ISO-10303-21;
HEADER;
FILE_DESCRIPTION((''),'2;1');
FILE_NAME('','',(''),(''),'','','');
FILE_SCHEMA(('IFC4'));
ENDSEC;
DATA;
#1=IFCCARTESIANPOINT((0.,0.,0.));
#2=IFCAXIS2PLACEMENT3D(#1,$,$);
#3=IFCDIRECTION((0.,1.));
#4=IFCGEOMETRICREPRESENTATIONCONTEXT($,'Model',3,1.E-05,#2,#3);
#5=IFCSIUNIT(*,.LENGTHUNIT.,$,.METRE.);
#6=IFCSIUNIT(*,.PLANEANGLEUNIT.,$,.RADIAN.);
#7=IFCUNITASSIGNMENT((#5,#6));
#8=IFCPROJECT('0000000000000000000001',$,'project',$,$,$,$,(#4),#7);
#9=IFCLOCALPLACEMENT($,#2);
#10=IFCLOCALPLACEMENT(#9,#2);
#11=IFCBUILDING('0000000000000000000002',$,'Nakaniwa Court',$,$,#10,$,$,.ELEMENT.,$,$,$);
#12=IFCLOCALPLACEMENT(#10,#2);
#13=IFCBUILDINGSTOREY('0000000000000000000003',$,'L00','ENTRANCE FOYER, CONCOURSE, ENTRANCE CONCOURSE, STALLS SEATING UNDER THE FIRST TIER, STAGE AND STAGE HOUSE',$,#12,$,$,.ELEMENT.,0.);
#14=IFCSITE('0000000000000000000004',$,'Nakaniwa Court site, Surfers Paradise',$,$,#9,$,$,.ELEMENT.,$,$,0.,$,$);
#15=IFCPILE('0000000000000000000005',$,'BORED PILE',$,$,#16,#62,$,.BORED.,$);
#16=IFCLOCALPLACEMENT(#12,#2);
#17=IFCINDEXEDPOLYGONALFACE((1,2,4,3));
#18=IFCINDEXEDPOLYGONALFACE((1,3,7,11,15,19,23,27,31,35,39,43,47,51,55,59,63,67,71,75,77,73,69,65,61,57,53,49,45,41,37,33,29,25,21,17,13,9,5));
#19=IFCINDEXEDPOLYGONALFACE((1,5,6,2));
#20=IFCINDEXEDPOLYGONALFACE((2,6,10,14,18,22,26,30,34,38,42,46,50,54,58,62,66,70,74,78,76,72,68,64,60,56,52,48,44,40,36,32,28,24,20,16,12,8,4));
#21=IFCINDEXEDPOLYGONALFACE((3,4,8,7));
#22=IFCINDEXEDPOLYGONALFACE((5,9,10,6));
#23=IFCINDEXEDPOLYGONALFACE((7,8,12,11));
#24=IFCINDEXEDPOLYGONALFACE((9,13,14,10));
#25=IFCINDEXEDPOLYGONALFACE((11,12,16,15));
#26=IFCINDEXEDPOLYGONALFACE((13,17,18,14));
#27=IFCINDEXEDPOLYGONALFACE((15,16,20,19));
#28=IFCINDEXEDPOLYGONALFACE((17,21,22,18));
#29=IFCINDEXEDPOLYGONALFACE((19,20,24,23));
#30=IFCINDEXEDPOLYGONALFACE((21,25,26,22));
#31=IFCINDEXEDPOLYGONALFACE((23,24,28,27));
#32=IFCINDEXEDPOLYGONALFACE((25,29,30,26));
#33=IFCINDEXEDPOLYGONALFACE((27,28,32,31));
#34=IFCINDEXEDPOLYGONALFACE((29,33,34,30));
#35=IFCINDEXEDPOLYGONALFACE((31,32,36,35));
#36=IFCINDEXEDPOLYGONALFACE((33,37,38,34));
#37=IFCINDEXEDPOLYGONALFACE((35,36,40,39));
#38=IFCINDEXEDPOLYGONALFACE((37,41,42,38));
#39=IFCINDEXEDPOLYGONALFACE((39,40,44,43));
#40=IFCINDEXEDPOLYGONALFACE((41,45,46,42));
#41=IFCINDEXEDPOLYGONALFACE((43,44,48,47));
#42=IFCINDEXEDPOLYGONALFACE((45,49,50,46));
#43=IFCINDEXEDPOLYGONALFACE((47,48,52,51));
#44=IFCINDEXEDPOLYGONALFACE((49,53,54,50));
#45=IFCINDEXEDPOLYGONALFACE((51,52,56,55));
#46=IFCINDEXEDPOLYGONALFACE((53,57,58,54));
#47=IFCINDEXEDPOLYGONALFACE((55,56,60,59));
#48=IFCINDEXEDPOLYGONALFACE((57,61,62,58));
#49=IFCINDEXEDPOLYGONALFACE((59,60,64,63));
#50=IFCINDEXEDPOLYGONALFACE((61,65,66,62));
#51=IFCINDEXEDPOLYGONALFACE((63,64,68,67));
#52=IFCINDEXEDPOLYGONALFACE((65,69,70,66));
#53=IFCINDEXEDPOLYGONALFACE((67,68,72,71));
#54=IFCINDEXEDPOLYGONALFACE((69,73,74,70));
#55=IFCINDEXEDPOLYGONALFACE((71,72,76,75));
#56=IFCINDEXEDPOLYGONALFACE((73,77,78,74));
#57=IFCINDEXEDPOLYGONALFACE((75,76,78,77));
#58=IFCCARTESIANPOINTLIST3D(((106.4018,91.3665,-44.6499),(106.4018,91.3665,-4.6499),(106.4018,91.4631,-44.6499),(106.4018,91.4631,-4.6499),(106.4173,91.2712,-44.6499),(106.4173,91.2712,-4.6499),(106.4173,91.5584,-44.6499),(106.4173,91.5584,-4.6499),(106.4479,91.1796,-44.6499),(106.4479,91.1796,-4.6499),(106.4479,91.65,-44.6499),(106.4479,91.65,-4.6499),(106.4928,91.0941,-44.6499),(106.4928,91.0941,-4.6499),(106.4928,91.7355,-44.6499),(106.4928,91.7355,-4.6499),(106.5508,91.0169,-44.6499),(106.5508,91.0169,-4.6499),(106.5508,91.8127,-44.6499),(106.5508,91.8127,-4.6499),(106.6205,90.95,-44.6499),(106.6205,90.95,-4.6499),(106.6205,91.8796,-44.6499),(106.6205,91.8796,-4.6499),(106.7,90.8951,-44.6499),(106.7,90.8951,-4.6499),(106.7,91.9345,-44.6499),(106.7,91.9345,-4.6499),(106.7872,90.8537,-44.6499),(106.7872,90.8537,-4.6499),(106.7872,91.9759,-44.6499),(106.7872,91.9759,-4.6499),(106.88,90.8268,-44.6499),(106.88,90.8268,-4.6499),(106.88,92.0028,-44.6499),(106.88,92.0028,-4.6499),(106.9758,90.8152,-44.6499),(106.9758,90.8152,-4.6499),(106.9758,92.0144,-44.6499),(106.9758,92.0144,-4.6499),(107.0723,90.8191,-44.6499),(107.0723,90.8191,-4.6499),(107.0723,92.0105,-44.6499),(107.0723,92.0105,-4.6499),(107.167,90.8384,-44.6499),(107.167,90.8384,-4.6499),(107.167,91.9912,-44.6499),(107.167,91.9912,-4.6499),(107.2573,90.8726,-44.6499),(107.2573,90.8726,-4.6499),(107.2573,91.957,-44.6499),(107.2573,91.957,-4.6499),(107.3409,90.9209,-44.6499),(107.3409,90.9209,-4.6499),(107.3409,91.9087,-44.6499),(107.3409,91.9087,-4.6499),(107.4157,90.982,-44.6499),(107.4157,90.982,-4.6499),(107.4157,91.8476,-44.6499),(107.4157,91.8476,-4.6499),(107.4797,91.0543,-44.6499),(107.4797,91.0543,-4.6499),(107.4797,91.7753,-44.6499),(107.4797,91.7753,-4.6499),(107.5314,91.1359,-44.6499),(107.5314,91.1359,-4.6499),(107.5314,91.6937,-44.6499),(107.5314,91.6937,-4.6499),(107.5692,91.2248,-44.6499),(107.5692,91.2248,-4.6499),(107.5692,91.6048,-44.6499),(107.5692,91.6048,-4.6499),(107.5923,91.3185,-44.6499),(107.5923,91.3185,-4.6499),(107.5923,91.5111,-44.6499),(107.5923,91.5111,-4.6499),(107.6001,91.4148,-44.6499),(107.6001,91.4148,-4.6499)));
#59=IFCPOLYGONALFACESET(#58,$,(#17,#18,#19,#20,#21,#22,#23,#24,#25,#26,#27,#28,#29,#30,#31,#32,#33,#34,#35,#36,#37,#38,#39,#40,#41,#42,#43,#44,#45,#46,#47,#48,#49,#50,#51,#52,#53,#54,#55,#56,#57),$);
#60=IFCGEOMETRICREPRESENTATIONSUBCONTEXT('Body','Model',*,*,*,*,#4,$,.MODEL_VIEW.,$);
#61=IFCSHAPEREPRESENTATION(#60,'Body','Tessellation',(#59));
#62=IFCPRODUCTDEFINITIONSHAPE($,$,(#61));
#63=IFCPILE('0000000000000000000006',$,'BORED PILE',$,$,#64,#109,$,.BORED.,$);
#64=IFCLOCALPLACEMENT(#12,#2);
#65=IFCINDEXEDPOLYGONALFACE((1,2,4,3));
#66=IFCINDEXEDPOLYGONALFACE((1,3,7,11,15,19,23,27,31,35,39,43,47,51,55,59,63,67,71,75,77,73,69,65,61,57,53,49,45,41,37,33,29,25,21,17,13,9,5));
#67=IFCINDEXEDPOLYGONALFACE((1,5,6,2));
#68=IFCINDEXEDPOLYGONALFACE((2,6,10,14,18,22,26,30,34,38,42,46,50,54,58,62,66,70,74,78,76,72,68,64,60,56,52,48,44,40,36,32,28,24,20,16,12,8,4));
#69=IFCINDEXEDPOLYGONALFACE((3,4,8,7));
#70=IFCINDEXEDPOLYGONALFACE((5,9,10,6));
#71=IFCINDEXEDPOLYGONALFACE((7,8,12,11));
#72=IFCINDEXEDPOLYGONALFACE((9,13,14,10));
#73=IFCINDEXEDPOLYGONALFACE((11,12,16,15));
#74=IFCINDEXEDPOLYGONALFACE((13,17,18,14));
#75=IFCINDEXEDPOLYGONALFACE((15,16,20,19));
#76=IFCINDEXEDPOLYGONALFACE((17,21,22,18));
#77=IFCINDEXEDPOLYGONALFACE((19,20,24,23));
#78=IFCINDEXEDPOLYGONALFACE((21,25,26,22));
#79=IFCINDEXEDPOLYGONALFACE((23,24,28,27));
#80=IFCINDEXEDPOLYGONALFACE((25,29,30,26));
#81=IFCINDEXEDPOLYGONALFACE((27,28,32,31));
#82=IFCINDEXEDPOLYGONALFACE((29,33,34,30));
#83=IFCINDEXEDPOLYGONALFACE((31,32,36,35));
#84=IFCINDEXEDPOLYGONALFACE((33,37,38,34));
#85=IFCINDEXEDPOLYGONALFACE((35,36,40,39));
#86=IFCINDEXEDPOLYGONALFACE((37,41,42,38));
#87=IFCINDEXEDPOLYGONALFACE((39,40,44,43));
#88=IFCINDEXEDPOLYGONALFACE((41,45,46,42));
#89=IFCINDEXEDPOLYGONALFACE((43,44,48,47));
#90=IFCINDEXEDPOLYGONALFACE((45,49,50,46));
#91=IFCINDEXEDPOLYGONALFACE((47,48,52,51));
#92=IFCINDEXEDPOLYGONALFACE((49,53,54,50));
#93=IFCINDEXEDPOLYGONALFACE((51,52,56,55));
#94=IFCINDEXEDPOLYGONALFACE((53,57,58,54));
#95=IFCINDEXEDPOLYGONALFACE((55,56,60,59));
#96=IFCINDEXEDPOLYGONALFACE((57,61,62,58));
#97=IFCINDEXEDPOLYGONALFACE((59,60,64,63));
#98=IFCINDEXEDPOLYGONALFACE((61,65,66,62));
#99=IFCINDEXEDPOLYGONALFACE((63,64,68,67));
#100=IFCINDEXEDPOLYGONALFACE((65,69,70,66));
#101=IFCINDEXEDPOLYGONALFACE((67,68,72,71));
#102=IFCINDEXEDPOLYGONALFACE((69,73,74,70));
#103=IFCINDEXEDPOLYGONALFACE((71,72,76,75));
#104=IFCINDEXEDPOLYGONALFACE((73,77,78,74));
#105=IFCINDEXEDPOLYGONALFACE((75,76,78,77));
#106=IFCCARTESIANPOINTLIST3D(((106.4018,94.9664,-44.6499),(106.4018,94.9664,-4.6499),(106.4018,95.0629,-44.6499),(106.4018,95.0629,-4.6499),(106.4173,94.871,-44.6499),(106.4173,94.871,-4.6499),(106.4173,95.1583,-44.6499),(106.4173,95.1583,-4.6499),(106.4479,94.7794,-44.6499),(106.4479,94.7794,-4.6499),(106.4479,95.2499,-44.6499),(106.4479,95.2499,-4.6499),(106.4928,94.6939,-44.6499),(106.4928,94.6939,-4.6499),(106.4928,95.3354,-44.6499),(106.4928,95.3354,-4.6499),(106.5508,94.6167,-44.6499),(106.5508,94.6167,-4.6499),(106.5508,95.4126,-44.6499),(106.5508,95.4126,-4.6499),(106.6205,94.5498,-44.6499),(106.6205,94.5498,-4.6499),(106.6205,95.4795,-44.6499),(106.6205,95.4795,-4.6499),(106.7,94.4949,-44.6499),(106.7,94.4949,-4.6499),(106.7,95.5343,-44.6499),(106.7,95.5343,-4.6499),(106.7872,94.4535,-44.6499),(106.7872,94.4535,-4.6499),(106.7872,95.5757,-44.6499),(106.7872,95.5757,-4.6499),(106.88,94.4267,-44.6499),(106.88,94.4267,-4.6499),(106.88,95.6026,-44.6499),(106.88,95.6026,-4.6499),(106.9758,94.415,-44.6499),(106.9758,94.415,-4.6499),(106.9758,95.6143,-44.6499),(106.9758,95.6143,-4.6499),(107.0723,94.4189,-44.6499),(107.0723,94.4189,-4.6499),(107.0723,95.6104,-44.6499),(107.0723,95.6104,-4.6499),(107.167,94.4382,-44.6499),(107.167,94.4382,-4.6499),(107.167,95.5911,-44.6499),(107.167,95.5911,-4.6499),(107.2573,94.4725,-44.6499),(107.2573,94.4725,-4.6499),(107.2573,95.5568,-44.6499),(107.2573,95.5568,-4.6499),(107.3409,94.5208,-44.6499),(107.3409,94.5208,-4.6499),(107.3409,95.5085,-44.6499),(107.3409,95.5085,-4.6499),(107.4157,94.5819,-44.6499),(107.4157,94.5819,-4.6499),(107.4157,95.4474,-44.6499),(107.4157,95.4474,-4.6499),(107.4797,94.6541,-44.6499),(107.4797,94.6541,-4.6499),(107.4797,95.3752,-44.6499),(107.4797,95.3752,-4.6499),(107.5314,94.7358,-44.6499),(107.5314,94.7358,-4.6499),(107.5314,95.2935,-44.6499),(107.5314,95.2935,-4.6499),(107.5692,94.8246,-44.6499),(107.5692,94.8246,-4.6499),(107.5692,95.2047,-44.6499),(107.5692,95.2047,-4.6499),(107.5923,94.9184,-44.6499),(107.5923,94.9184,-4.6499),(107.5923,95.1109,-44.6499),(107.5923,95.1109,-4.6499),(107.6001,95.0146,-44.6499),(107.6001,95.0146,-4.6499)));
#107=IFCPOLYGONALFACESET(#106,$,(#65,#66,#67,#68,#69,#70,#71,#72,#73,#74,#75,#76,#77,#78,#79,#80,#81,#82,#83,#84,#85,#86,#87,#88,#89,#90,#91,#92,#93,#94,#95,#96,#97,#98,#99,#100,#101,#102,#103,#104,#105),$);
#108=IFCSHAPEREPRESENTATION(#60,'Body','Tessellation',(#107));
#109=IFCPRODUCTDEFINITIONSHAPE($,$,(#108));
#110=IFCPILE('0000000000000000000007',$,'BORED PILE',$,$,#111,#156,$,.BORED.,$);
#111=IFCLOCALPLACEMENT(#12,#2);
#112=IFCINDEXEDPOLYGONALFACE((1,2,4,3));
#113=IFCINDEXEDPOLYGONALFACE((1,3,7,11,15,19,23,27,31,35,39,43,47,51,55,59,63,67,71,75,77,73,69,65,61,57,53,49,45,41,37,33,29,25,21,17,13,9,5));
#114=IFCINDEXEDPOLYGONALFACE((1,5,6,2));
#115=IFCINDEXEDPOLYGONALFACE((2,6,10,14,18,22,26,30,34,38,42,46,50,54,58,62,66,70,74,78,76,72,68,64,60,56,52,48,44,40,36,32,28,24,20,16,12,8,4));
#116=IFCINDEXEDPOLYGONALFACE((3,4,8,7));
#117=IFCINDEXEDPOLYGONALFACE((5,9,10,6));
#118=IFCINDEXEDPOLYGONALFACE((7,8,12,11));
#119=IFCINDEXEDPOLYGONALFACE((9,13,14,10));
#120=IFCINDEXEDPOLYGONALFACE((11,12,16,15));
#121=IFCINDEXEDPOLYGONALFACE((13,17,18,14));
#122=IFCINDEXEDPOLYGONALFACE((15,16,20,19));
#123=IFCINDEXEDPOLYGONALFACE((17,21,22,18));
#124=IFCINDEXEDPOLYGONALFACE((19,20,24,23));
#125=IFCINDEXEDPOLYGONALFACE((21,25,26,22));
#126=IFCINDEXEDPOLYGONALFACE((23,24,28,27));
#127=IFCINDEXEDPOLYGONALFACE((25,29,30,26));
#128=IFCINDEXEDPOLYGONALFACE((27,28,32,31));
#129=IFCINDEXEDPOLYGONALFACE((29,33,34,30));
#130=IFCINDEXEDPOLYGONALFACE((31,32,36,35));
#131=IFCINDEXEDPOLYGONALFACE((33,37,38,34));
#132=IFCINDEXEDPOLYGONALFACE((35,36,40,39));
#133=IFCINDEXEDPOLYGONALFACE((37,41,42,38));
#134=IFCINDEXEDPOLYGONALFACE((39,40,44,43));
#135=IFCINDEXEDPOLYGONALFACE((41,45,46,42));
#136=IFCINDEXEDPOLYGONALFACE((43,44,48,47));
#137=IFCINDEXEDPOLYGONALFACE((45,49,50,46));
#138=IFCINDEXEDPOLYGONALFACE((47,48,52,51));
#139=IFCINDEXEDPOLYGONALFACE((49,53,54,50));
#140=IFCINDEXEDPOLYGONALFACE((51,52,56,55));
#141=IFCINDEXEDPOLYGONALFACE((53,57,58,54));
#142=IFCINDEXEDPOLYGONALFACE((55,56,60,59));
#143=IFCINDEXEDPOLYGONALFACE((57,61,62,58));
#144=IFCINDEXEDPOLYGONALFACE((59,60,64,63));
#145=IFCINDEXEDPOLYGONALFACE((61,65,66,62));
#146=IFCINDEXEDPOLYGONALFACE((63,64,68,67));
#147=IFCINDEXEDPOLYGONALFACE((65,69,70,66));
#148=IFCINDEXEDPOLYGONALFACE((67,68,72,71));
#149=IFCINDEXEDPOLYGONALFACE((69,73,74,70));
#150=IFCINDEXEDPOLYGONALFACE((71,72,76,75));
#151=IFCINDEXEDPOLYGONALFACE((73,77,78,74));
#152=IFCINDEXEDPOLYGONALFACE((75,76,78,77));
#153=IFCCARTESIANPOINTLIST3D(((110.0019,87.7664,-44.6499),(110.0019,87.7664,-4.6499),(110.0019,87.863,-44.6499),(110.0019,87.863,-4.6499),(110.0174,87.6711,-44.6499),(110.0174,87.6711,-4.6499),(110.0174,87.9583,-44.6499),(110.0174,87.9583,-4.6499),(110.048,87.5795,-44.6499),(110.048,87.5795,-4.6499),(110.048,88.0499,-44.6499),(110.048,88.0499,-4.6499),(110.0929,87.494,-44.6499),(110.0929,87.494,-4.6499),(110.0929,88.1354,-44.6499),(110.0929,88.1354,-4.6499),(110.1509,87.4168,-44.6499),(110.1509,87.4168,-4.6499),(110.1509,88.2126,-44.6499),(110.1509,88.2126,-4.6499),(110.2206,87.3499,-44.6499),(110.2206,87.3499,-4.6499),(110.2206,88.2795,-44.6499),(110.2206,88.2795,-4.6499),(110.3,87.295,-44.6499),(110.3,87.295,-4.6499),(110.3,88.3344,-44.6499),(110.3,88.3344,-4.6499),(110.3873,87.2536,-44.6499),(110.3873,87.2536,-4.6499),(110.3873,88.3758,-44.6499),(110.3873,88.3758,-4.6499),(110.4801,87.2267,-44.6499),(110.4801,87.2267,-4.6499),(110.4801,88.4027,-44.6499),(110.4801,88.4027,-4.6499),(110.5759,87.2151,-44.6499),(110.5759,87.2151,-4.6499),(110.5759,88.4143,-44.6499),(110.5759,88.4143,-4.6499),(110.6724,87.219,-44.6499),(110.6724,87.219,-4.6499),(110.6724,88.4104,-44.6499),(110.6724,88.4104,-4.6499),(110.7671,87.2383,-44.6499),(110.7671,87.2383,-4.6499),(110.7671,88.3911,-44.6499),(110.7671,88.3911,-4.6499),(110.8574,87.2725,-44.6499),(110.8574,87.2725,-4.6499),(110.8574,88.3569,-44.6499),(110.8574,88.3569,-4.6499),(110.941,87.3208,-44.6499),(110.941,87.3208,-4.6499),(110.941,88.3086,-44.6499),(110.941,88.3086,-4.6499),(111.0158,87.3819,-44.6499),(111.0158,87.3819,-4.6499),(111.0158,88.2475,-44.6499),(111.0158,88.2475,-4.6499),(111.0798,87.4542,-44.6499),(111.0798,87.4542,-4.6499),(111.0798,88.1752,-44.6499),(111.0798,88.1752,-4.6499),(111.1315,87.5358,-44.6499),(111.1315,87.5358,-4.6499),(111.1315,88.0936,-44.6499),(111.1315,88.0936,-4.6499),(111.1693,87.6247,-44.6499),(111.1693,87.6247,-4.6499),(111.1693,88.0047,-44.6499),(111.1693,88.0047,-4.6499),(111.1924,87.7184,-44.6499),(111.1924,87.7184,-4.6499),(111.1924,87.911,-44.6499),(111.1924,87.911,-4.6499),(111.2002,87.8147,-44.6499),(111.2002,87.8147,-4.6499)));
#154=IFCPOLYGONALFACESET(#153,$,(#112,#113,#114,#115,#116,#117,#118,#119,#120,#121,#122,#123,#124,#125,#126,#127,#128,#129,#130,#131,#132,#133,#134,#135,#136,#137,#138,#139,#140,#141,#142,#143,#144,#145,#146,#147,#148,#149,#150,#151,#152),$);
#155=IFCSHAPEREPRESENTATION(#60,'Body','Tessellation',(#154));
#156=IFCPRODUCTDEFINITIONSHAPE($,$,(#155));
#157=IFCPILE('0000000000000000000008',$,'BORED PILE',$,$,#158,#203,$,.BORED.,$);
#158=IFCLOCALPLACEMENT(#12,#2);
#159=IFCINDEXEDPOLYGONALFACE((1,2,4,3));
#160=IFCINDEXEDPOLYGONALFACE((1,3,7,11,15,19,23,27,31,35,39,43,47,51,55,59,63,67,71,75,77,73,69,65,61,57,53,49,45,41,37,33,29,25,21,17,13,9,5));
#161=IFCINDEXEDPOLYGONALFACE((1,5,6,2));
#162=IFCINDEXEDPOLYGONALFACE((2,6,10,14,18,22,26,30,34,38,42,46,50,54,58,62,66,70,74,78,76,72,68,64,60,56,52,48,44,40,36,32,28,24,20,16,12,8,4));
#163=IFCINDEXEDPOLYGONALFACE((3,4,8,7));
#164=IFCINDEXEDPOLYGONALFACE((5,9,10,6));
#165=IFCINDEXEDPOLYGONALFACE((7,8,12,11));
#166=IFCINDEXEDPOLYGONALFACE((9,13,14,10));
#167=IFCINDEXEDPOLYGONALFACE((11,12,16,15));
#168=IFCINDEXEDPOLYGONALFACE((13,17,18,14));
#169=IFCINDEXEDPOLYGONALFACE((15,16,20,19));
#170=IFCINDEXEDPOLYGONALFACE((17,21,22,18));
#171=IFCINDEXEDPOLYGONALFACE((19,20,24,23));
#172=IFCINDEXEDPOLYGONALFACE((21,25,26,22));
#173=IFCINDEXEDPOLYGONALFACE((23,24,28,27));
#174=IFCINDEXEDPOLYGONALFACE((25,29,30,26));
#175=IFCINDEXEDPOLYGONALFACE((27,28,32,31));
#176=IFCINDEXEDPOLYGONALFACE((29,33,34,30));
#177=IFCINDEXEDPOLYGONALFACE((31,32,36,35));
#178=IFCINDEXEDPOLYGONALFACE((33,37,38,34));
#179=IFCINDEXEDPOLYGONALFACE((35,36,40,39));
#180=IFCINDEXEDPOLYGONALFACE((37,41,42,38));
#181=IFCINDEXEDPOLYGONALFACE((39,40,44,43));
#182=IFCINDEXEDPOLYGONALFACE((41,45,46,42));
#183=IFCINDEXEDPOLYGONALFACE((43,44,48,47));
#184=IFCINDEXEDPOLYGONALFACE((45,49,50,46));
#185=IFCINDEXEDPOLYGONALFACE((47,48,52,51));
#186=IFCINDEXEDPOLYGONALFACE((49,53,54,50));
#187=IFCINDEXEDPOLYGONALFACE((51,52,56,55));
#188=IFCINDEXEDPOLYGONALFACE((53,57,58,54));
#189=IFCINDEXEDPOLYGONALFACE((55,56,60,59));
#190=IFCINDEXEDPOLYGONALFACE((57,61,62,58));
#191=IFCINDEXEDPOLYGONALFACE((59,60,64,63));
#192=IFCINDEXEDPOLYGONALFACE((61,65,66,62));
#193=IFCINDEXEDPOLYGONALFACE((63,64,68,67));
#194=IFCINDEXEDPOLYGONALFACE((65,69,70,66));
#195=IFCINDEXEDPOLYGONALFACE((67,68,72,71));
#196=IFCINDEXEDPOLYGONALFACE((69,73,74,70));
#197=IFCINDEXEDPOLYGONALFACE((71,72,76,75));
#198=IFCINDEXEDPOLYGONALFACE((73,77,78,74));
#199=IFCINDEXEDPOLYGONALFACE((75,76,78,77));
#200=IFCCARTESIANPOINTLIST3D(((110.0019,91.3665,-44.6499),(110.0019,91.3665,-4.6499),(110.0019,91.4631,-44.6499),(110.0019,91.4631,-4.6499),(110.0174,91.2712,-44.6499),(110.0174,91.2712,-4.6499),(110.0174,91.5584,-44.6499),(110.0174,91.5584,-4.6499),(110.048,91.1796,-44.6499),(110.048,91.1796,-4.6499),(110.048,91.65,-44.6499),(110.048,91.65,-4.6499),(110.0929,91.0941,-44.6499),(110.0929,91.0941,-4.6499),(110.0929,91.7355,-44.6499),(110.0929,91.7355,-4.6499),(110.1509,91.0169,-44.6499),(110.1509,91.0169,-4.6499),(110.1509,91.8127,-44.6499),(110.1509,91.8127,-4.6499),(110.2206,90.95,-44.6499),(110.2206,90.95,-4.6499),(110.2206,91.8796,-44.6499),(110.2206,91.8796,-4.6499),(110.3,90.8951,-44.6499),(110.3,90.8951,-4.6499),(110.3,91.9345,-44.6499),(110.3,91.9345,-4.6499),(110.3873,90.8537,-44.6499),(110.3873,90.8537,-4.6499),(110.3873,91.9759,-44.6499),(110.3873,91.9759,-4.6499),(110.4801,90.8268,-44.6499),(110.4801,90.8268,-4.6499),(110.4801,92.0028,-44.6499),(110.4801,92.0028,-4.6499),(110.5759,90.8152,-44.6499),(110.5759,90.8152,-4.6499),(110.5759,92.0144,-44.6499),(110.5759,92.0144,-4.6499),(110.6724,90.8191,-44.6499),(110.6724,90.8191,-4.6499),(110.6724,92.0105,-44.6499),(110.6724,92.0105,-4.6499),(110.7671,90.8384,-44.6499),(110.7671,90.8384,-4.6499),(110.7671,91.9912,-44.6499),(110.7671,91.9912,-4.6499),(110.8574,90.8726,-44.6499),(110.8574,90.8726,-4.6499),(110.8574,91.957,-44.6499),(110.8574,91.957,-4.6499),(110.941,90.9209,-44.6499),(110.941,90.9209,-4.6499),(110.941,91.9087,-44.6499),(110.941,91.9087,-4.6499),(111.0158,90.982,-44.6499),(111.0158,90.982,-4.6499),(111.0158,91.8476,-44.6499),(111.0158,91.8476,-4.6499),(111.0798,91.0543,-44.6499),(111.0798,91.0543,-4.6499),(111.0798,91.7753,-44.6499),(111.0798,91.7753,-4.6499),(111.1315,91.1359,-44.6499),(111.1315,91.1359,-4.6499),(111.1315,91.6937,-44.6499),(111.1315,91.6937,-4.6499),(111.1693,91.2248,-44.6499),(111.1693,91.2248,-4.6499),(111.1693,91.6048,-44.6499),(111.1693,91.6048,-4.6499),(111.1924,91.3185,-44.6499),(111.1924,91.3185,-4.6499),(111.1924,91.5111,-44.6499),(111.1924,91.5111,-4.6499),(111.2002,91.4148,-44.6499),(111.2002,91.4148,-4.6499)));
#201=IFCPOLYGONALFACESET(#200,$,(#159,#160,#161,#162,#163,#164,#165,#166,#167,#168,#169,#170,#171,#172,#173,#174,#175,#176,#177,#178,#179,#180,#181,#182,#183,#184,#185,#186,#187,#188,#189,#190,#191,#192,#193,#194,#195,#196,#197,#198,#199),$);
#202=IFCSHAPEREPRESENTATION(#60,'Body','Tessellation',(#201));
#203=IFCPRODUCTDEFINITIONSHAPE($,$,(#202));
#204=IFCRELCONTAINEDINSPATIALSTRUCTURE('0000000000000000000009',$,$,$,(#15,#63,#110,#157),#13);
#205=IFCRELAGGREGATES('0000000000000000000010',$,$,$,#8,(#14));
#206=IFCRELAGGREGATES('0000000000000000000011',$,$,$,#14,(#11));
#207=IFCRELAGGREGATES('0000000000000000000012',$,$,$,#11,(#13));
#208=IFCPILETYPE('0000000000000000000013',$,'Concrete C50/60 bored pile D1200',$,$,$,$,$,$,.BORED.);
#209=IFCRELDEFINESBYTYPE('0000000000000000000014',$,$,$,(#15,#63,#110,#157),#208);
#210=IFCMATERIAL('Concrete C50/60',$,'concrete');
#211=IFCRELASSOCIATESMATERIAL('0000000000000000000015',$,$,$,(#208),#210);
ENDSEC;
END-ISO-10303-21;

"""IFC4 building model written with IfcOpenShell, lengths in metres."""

from ifc_helpers import new_model, si_unit, direction, frame, origin, origin_2d, place, context, subcontext, project, spatial, circle, extrude, material, material_profile, profile_set, type_object, element, save


model = new_model("IFC4")

# Units and contexts
model_context = context("Model", 3, precision=1e-05, world=origin(), true_north=direction((0.0, 1.0)))
body_context = subcontext(model_context, "Body", "Model", "MODEL_VIEW")
ifc_project = project(units=[si_unit("LENGTHUNIT", "METRE"), si_unit("PLANEANGLEUNIT", "RADIAN")], contexts=[model_context])

# Site, building, storey
site_placement = place(None, origin())
site = spatial("IfcSite", under=ifc_project, at=site_placement, Name="Nakaniwa Court site, Surfers Paradise", CompositionType="ELEMENT", RefElevation=0.0)
building_placement = place(site_placement, origin())
building = spatial("IfcBuilding", under=site, at=building_placement, Name="Nakaniwa Court", CompositionType="ELEMENT")
storey_placement = place(building_placement, origin())
storey = spatial("IfcBuildingStorey", under=building, at=storey_placement, Name="L00", Description="ENTRANCE FOYER, CONCOURSE, ENTRANCE CONCOURSE, STALLS SEATING UNDER THE FIRST TIER, STAGE AND STAGE HOUSE", CompositionType="ELEMENT", Elevation=0.0)

# Piles
ifc_material_1 = material(Name="Concrete C50/60", Category="concrete")
ifc_material_profile_1 = material_profile(ifc_material_1, circle(Radius=0.6001, at=origin_2d()), Name="Concrete C50/60 bored pile D1200")
ifc_profile_set_1 = profile_set([ifc_material_profile_1], Name="Concrete C50/60")
pile_type = type_object("IfcPileType", Name="Concrete C50/60 bored pile D1200", PredefinedType="BORED", material=ifc_profile_set_1)
for number, where, z_axis, x_axis, name in (
    (1, (107.0, 91.4148, -4.6499), (0.0, 0.0, -1.0), (1.0, 0.0, 0.0), "BORED PILE"),
    (2, (107.0, 95.0146, -4.6499), (0.0, 0.0, -1.0), (1.0, 0.0, 0.0), "BORED PILE"),
    (3, (110.6001, 87.8147, -4.6499), (0.0, 0.0, -1.0), (1.0, 0.0, 0.0), "BORED PILE"),
    (4, (110.6001, 91.4148, -4.6499), (0.0, 0.0, -1.0), (1.0, 0.0, 0.0), "BORED PILE"),
):
    element("IfcPile", number, at=place(storey_placement, frame(where, z_axis=z_axis, x_axis=x_axis)), inside=storey, type_object=pile_type, Name=name, PredefinedType="BORED", context=body_context, shape_type="SweptSolid", body=[
        extrude(circle(Radius=0.6001, at=origin_2d()), origin(), (0.0, 0.0, 1.0), 40.0),
    ])

save(model, "model.ifc")
